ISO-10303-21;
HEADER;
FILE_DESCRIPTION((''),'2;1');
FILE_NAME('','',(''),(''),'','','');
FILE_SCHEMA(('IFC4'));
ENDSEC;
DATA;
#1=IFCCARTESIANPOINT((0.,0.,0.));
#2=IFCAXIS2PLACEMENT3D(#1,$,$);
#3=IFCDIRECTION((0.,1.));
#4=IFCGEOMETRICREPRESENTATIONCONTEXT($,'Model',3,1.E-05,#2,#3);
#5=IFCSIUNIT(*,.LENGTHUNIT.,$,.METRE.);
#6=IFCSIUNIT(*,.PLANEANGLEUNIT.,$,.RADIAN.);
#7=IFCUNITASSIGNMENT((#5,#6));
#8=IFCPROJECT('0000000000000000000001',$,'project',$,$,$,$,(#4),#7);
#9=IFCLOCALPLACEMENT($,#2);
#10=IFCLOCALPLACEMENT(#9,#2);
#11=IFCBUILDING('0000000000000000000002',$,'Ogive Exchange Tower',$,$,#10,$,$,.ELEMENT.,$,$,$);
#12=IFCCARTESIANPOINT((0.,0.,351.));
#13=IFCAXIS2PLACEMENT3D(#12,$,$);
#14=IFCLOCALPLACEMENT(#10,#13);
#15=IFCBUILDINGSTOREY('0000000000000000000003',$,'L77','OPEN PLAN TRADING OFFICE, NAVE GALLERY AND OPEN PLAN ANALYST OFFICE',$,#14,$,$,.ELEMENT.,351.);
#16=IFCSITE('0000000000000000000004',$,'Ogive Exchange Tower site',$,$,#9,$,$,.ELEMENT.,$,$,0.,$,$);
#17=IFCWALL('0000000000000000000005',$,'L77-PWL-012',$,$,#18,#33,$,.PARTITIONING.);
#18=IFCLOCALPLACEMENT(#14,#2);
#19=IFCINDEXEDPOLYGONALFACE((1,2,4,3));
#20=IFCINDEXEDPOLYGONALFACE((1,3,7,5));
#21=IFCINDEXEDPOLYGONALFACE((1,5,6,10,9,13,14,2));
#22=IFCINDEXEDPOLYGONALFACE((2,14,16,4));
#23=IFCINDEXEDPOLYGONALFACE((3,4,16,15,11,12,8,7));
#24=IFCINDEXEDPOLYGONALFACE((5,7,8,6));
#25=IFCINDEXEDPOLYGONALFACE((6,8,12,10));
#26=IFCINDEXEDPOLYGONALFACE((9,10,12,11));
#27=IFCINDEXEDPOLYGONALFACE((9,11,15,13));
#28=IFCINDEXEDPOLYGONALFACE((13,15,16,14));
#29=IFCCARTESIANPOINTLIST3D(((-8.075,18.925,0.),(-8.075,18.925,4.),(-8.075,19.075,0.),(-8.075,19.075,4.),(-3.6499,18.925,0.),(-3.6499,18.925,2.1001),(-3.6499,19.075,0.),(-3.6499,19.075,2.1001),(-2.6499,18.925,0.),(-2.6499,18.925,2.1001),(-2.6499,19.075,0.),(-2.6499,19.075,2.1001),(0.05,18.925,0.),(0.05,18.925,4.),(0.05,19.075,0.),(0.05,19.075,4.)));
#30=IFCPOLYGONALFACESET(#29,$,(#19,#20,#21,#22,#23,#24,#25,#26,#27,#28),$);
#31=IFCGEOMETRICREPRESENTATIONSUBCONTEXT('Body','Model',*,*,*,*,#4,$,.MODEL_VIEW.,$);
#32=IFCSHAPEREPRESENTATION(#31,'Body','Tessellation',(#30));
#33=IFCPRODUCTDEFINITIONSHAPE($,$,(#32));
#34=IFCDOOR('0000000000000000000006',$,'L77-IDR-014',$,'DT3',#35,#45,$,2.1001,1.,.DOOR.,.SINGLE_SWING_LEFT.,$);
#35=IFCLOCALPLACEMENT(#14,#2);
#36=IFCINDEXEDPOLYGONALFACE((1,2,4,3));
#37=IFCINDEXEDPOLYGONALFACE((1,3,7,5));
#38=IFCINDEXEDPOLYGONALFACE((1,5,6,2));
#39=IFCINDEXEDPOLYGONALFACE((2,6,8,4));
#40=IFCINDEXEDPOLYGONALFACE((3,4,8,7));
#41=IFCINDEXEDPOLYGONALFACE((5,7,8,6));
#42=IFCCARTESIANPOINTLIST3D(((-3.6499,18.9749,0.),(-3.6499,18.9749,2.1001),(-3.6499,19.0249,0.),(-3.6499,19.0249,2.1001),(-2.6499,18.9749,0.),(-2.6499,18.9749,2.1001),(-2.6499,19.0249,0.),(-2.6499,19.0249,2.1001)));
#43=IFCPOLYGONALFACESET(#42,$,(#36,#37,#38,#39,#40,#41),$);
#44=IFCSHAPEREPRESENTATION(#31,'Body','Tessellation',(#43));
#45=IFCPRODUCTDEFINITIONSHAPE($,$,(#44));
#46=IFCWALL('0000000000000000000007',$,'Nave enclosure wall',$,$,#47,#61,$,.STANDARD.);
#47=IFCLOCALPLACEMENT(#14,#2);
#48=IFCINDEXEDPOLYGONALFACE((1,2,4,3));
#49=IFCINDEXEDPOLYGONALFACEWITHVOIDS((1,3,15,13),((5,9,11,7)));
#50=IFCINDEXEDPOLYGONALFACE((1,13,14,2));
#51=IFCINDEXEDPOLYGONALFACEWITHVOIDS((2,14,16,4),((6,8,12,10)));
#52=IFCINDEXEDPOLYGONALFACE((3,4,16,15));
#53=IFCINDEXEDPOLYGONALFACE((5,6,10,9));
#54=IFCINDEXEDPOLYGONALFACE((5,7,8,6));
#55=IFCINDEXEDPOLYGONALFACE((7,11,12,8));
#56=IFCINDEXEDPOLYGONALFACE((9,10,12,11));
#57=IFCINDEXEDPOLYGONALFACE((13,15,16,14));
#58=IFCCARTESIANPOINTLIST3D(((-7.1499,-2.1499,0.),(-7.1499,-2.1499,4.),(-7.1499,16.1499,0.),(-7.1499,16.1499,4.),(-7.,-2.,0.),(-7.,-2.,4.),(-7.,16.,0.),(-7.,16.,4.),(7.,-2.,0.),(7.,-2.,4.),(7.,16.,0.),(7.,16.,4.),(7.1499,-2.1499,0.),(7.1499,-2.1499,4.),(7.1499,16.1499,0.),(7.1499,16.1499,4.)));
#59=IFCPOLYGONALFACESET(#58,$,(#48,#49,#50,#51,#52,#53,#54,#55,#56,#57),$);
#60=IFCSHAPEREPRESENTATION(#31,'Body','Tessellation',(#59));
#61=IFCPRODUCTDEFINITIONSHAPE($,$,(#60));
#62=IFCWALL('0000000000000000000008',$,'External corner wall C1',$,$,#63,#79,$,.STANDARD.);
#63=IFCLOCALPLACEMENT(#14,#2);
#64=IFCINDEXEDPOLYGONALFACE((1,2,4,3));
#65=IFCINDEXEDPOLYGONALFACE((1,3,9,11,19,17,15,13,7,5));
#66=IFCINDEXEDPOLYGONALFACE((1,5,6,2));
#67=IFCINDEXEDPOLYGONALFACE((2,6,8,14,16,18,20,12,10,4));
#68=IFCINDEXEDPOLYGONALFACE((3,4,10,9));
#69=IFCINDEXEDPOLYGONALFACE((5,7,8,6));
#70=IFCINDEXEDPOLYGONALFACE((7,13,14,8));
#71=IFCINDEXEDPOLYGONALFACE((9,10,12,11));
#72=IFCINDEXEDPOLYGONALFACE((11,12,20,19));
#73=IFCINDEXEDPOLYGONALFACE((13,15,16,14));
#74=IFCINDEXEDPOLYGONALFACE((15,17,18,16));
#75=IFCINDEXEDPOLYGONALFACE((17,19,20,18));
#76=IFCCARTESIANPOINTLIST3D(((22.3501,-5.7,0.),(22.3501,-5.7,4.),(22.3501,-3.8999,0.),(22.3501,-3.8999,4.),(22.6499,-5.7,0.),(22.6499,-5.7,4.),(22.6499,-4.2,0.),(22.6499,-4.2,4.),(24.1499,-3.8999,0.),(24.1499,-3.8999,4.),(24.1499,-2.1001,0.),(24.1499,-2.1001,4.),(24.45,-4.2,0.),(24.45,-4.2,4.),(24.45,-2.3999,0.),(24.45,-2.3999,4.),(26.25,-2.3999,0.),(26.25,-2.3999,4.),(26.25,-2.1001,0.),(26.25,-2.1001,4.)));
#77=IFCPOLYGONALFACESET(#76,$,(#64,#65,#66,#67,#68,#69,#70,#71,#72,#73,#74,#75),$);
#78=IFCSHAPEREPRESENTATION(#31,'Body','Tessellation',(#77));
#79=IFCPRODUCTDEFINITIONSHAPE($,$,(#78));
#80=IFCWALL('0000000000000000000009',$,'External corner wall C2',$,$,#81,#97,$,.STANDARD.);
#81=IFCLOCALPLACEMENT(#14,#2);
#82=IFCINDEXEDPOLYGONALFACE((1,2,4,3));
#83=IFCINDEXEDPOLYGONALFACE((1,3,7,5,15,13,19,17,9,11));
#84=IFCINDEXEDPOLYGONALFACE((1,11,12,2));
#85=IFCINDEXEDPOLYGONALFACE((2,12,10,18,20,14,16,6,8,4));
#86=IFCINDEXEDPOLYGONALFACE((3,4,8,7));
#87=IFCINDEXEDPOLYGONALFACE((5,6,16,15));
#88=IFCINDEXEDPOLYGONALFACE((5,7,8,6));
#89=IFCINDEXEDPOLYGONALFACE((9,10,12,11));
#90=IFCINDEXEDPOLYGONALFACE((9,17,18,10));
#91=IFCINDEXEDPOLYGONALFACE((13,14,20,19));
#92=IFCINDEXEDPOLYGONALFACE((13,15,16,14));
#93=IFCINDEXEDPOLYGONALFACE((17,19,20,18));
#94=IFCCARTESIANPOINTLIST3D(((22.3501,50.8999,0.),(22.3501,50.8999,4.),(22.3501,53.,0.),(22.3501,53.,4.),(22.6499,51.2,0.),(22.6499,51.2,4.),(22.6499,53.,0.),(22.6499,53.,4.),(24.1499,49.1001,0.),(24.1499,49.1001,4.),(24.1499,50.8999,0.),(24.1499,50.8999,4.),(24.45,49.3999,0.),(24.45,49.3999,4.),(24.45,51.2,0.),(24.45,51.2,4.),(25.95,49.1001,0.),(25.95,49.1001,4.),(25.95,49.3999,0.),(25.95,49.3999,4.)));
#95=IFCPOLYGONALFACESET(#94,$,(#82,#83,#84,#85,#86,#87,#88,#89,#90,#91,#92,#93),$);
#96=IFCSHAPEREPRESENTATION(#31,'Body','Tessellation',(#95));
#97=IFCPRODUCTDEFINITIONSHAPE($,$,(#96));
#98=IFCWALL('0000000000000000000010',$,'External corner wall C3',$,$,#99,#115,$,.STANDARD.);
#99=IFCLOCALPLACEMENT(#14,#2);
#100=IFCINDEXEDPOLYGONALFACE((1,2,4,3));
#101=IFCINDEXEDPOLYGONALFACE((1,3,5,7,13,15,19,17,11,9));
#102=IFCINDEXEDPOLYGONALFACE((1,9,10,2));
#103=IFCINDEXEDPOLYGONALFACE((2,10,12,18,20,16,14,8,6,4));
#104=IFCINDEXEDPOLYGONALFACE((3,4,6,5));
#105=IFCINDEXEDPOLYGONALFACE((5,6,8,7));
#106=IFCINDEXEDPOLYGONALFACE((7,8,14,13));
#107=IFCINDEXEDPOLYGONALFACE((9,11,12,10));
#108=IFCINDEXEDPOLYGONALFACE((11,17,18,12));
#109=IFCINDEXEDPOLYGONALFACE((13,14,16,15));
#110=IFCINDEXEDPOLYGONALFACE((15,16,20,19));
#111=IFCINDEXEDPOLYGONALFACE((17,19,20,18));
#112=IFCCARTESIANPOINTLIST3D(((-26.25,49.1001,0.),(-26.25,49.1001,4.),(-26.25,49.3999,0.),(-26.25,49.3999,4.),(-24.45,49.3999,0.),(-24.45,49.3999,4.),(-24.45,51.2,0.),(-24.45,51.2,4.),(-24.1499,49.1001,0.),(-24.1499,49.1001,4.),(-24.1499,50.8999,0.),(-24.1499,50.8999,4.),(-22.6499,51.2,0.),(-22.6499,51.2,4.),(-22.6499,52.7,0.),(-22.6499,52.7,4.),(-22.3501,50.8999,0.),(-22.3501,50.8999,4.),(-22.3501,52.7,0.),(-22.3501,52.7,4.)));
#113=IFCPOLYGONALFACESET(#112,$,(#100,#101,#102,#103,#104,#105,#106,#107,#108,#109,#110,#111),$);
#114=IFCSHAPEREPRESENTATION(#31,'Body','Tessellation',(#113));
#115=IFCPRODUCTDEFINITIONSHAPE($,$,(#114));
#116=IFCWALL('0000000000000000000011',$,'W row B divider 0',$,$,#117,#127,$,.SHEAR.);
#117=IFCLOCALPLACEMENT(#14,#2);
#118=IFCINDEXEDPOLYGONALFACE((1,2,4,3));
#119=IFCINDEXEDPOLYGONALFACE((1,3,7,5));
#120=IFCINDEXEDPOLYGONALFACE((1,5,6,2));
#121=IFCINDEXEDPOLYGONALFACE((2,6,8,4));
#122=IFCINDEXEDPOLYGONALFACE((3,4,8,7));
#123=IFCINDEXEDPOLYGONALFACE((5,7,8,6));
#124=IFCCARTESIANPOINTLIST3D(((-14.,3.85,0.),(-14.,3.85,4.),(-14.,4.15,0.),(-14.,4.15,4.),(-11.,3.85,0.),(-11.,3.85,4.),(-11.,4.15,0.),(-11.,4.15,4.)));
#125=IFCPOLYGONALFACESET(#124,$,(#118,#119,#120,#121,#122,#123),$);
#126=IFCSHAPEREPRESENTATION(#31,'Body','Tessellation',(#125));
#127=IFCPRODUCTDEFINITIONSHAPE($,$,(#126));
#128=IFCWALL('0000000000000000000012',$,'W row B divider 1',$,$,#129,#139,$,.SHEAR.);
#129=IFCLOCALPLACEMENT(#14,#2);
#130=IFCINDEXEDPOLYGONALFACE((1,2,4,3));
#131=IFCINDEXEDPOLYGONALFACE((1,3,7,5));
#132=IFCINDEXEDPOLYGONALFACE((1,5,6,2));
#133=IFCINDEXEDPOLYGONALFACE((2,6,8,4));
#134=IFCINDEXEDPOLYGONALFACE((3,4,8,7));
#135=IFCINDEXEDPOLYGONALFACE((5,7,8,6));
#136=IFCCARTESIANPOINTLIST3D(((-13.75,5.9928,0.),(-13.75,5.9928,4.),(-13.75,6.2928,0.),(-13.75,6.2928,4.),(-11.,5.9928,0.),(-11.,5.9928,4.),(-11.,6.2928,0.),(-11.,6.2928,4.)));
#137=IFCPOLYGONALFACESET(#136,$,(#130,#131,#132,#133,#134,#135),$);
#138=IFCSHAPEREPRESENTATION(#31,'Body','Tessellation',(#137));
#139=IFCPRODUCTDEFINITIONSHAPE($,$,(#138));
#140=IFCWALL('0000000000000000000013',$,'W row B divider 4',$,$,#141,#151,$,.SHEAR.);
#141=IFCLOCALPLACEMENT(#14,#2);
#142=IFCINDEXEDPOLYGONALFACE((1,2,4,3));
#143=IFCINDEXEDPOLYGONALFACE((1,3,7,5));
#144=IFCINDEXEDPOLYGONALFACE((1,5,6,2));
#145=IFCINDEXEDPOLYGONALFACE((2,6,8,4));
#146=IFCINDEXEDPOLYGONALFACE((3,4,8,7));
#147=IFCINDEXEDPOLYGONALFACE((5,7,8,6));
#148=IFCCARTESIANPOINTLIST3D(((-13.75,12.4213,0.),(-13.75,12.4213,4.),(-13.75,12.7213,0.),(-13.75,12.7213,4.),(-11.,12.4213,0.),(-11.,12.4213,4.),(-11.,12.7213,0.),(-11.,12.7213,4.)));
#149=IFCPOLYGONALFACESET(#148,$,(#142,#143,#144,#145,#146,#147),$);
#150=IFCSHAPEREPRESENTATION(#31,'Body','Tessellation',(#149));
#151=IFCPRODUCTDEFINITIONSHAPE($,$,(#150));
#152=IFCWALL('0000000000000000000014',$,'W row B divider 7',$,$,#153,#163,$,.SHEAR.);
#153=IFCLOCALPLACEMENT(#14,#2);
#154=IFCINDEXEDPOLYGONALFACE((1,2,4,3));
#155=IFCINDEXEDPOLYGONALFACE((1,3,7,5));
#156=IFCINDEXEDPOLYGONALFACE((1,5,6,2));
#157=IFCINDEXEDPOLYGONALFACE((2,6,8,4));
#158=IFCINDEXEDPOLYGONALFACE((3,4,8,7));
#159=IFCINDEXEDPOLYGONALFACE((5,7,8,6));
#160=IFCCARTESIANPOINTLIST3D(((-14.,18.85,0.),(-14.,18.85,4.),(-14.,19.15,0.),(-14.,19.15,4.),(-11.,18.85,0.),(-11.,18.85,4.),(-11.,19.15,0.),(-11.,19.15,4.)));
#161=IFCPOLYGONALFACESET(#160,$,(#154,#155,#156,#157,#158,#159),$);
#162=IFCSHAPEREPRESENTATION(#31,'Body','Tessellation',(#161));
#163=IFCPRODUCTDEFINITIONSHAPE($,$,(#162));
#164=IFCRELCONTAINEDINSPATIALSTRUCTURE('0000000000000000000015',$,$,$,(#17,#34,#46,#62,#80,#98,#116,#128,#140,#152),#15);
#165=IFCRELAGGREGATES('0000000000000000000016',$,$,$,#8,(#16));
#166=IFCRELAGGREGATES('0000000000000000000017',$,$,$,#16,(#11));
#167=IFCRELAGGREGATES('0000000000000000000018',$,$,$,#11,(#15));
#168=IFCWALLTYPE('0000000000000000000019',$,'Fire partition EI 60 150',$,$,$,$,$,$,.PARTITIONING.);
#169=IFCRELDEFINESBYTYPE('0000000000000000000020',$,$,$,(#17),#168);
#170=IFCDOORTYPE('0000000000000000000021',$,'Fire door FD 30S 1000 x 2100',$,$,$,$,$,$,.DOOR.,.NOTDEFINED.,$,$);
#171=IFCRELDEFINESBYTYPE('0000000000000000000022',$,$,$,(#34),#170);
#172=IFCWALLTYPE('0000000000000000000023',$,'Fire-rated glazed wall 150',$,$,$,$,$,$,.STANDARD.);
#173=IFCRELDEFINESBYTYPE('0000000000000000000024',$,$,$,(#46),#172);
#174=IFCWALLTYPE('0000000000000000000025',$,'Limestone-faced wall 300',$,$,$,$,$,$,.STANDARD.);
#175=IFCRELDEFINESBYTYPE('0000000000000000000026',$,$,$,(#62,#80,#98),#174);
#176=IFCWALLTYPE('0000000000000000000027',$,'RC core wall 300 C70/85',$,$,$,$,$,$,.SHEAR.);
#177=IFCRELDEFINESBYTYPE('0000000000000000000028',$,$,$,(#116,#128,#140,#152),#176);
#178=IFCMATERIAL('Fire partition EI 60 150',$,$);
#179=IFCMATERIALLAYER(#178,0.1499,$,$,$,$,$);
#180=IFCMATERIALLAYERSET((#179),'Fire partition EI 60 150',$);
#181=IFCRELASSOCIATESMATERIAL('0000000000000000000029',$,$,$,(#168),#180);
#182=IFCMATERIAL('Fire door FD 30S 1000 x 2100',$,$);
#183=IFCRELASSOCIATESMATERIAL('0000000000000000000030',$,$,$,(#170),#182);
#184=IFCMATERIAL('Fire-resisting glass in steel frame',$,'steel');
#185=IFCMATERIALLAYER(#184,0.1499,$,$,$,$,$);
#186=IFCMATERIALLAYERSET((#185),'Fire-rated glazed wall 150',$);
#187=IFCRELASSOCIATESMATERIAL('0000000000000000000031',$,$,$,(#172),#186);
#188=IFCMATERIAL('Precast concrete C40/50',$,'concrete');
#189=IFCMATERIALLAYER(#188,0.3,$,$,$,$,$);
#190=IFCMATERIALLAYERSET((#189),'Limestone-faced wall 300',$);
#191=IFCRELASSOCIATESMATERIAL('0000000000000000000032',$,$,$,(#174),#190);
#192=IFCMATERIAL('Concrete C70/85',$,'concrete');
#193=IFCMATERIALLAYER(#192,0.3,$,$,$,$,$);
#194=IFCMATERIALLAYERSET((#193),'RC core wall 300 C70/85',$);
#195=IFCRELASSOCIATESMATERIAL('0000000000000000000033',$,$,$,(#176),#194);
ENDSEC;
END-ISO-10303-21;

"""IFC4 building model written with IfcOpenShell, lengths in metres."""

from ifc_helpers import new_model, si_unit, direction, frame, frame_2d, origin, place, context, subcontext, project, spatial, polyline, rectangle, outline, extrude, material, layer, layer_set, type_object, element, fill, save


model = new_model("IFC4")

# Units and contexts
model_context = context("Model", 3, precision=1e-05, world=origin(), true_north=direction((0.0, 1.0)))
body_context = subcontext(model_context, "Body", "Model", "MODEL_VIEW")
ifc_project = project(units=[si_unit("LENGTHUNIT", "METRE"), si_unit("PLANEANGLEUNIT", "RADIAN")], contexts=[model_context])

# Site, building, storey
site_placement = place(None, origin())
site = spatial("IfcSite", under=ifc_project, at=site_placement, Name="Ogive Exchange Tower site", CompositionType="ELEMENT", RefElevation=0.0)
building_placement = place(site_placement, origin())
building = spatial("IfcBuilding", under=site, at=building_placement, Name="Ogive Exchange Tower", CompositionType="ELEMENT")
storey_placement = place(building_placement, frame((0.0, 0.0, 351.0)))
storey = spatial("IfcBuildingStorey", under=building, at=storey_placement, Name="L77", Description="OPEN PLAN TRADING OFFICE, NAVE GALLERY AND OPEN PLAN ANALYST OFFICE", CompositionType="ELEMENT", Elevation=351.0)

# Wall, opening, door
ifc_material_1 = material(Name="Fire partition EI 60 150")
ifc_layer_1 = layer(ifc_material_1, 0.1499)
ifc_layer_set_1 = layer_set([ifc_layer_1], Name="Fire partition EI 60 150")
wall_type_1 = type_object("IfcWallType", Name="Fire partition EI 60 150", PredefinedType="PARTITIONING", material=ifc_layer_set_1)
wall_1_placement = place(storey_placement, frame((-8.075, 19.0, 0.0), z_axis=(0.0, 0.0, 1.0), x_axis=(1.0, 0.0, 0.0)))
wall_1 = element("IfcWall", 1, at=wall_1_placement, inside=storey, type_object=wall_type_1, Name="L77-PWL-012", PredefinedType="PARTITIONING", context=body_context, shape_type="SweptSolid", body=[
    extrude(rectangle(XDim=8.125, YDim=0.1499, at=frame_2d((4.0625, 0.0))), origin(), (0.0, 0.0, 1.0), 4.0),
])
opening_placement = place(wall_1_placement, frame((4.425, 0.0, 0.0)))
opening = element("IfcOpeningElement", 2, at=opening_placement, cuts=wall_1, PredefinedType="OPENING", context=body_context, shape_type="SweptSolid", body=[
    extrude(rectangle(XDim=1.0, YDim=2.1001, at=frame_2d((0.5, 1.05))), frame((0.0, 0.085, 0.0), z_axis=(0.0, -1.0, 0.0), x_axis=(1.0, 0.0, 0.0)), (0.0, 0.0, 1.0), 0.1699),
])
ifc_material_2 = material(Name="Fire door FD 30S 1000 x 2100")
door_type = type_object("IfcDoorType", Name="Fire door FD 30S 1000 x 2100", OperationType="NOTDEFINED", PredefinedType="DOOR", material=ifc_material_2)
door_placement = place(opening_placement, origin())
door = element("IfcDoor", 3, at=door_placement, inside=storey, type_object=door_type, Name="L77-IDR-014", ObjectType="DT3", OperationType="SINGLE_SWING_LEFT", OverallHeight=2.1001, OverallWidth=1.0, PredefinedType="DOOR", context=body_context, shape_type="SweptSolid", body=[
    extrude(rectangle(XDim=1.0, YDim=2.1001, at=frame_2d((0.5, 1.05))), frame((0.0, 0.0249, 0.0), z_axis=(0.0, -1.0, 0.0), x_axis=(1.0, 0.0, 0.0)), (0.0, 0.0, 1.0), 0.05),
])
fill(opening, door)

# Walls
ifc_material_3 = material(Name="Fire-resisting glass in steel frame", Category="steel")
ifc_layer_2 = layer(ifc_material_3, 0.1499)
ifc_layer_set_2 = layer_set([ifc_layer_2], Name="Fire-rated glazed wall 150")
wall_type_2 = type_object("IfcWallType", Name="Fire-rated glazed wall 150", PredefinedType="STANDARD", material=ifc_layer_set_2)
wall_2_placement = place(storey_placement, origin())
element("IfcWall", 4, at=wall_2_placement, inside=storey, type_object=wall_type_2, Name="Nave enclosure wall", PredefinedType="STANDARD", context=body_context, shape_type="SweptSolid", body=[
    extrude(outline(polyline([(-7.1499, -2.1499), (7.1499, -2.1499), (7.1499, 16.1499), (-7.1499, 16.1499), (-7.1499, -2.1499)]), holes=[polyline([(-7.0, -2.0), (-7.0, 16.0), (7.0, 16.0), (7.0, -2.0), (-7.0, -2.0)])]), origin(), (0.0, 0.0, 1.0), 4.0),
])
ifc_material_4 = material(Name="Precast concrete C40/50", Category="concrete")
ifc_layer_3 = layer(ifc_material_4, 0.3)
ifc_layer_set_3 = layer_set([ifc_layer_3], Name="Limestone-faced wall 300")
wall_type_3 = type_object("IfcWallType", Name="Limestone-faced wall 300", PredefinedType="STANDARD", material=ifc_layer_set_3)
wall_3_placement = place(storey_placement, origin())
element("IfcWall", 5, at=wall_3_placement, inside=storey, type_object=wall_type_3, Name="External corner wall C1", PredefinedType="STANDARD", context=body_context, shape_type="SweptSolid", body=[
    extrude(outline(polyline([(24.1499, -3.8999), (24.1499, -2.1001), (26.25, -2.1001), (26.25, -2.3999), (24.45, -2.3999), (24.45, -4.2), (22.6499, -4.2), (22.6499, -5.7), (22.3501, -5.7), (22.3501, -3.8999), (24.1499, -3.8999)])), origin(), (0.0, 0.0, 1.0), 4.0),
])
wall_4_placement = place(storey_placement, origin())
element("IfcWall", 6, at=wall_4_placement, inside=storey, type_object=wall_type_3, Name="External corner wall C2", PredefinedType="STANDARD", context=body_context, shape_type="SweptSolid", body=[
    extrude(outline(polyline([(24.1499, 50.8999), (22.3501, 50.8999), (22.3501, 53.0), (22.6499, 53.0), (22.6499, 51.2), (24.45, 51.2), (24.45, 49.3999), (25.95, 49.3999), (25.95, 49.1001), (24.1499, 49.1001), (24.1499, 50.8999)])), origin(), (0.0, 0.0, 1.0), 4.0),
])
wall_5_placement = place(storey_placement, origin())
element("IfcWall", 7, at=wall_5_placement, inside=storey, type_object=wall_type_3, Name="External corner wall C3", PredefinedType="STANDARD", context=body_context, shape_type="SweptSolid", body=[
    extrude(outline(polyline([(-24.45, 49.3999), (-24.45, 51.2), (-22.6499, 51.2), (-22.6499, 52.7), (-22.3501, 52.7), (-22.3501, 50.8999), (-24.1499, 50.8999), (-24.1499, 49.1001), (-26.25, 49.1001), (-26.25, 49.3999), (-24.45, 49.3999)])), origin(), (0.0, 0.0, 1.0), 4.0),
])
ifc_material_5 = material(Name="Concrete C70/85", Category="concrete")
ifc_layer_4 = layer(ifc_material_5, 0.3)
ifc_layer_set_4 = layer_set([ifc_layer_4], Name="RC core wall 300 C70/85")
wall_type_4 = type_object("IfcWallType", Name="RC core wall 300 C70/85", PredefinedType="SHEAR", material=ifc_layer_set_4)
wall_6_placement = place(storey_placement, frame((-14.0, 4.0, 0.0), z_axis=(0.0, 0.0, 1.0), x_axis=(1.0, 0.0, 0.0)))
element("IfcWall", 8, at=wall_6_placement, inside=storey, type_object=wall_type_4, Name="W row B divider 0", PredefinedType="SHEAR", context=body_context, shape_type="SweptSolid", body=[
    extrude(rectangle(XDim=3.0, YDim=0.3, at=frame_2d((1.5, 0.0))), origin(), (0.0, 0.0, 1.0), 4.0),
])
for number, where, z_axis, x_axis, name in (
    (9, (-13.75, 6.1428, 0.0), (0.0, 0.0, 1.0), (1.0, 0.0, 0.0), "W row B divider 1"),
    (10, (-13.75, 12.5713, 0.0), (0.0, 0.0, 1.0), (1.0, 0.0, 0.0), "W row B divider 4"),
):
    element("IfcWall", number, at=place(storey_placement, frame(where, z_axis=z_axis, x_axis=x_axis)), inside=storey, type_object=wall_type_4, Name=name, PredefinedType="SHEAR", context=body_context, shape_type="SweptSolid", body=[
        extrude(rectangle(XDim=2.75, YDim=0.3, at=frame_2d((1.375, 0.0))), origin(), (0.0, 0.0, 1.0), 4.0),
    ])
wall_7_placement = place(storey_placement, frame((-14.0, 19.0, 0.0), z_axis=(0.0, 0.0, 1.0), x_axis=(1.0, 0.0, 0.0)))
element("IfcWall", 11, at=wall_7_placement, inside=storey, type_object=wall_type_4, Name="W row B divider 7", PredefinedType="SHEAR", context=body_context, shape_type="SweptSolid", body=[
    extrude(rectangle(XDim=3.0, YDim=0.3, at=frame_2d((1.5, 0.0))), origin(), (0.0, 0.0, 1.0), 4.0),
])

save(model, "model.ifc")
